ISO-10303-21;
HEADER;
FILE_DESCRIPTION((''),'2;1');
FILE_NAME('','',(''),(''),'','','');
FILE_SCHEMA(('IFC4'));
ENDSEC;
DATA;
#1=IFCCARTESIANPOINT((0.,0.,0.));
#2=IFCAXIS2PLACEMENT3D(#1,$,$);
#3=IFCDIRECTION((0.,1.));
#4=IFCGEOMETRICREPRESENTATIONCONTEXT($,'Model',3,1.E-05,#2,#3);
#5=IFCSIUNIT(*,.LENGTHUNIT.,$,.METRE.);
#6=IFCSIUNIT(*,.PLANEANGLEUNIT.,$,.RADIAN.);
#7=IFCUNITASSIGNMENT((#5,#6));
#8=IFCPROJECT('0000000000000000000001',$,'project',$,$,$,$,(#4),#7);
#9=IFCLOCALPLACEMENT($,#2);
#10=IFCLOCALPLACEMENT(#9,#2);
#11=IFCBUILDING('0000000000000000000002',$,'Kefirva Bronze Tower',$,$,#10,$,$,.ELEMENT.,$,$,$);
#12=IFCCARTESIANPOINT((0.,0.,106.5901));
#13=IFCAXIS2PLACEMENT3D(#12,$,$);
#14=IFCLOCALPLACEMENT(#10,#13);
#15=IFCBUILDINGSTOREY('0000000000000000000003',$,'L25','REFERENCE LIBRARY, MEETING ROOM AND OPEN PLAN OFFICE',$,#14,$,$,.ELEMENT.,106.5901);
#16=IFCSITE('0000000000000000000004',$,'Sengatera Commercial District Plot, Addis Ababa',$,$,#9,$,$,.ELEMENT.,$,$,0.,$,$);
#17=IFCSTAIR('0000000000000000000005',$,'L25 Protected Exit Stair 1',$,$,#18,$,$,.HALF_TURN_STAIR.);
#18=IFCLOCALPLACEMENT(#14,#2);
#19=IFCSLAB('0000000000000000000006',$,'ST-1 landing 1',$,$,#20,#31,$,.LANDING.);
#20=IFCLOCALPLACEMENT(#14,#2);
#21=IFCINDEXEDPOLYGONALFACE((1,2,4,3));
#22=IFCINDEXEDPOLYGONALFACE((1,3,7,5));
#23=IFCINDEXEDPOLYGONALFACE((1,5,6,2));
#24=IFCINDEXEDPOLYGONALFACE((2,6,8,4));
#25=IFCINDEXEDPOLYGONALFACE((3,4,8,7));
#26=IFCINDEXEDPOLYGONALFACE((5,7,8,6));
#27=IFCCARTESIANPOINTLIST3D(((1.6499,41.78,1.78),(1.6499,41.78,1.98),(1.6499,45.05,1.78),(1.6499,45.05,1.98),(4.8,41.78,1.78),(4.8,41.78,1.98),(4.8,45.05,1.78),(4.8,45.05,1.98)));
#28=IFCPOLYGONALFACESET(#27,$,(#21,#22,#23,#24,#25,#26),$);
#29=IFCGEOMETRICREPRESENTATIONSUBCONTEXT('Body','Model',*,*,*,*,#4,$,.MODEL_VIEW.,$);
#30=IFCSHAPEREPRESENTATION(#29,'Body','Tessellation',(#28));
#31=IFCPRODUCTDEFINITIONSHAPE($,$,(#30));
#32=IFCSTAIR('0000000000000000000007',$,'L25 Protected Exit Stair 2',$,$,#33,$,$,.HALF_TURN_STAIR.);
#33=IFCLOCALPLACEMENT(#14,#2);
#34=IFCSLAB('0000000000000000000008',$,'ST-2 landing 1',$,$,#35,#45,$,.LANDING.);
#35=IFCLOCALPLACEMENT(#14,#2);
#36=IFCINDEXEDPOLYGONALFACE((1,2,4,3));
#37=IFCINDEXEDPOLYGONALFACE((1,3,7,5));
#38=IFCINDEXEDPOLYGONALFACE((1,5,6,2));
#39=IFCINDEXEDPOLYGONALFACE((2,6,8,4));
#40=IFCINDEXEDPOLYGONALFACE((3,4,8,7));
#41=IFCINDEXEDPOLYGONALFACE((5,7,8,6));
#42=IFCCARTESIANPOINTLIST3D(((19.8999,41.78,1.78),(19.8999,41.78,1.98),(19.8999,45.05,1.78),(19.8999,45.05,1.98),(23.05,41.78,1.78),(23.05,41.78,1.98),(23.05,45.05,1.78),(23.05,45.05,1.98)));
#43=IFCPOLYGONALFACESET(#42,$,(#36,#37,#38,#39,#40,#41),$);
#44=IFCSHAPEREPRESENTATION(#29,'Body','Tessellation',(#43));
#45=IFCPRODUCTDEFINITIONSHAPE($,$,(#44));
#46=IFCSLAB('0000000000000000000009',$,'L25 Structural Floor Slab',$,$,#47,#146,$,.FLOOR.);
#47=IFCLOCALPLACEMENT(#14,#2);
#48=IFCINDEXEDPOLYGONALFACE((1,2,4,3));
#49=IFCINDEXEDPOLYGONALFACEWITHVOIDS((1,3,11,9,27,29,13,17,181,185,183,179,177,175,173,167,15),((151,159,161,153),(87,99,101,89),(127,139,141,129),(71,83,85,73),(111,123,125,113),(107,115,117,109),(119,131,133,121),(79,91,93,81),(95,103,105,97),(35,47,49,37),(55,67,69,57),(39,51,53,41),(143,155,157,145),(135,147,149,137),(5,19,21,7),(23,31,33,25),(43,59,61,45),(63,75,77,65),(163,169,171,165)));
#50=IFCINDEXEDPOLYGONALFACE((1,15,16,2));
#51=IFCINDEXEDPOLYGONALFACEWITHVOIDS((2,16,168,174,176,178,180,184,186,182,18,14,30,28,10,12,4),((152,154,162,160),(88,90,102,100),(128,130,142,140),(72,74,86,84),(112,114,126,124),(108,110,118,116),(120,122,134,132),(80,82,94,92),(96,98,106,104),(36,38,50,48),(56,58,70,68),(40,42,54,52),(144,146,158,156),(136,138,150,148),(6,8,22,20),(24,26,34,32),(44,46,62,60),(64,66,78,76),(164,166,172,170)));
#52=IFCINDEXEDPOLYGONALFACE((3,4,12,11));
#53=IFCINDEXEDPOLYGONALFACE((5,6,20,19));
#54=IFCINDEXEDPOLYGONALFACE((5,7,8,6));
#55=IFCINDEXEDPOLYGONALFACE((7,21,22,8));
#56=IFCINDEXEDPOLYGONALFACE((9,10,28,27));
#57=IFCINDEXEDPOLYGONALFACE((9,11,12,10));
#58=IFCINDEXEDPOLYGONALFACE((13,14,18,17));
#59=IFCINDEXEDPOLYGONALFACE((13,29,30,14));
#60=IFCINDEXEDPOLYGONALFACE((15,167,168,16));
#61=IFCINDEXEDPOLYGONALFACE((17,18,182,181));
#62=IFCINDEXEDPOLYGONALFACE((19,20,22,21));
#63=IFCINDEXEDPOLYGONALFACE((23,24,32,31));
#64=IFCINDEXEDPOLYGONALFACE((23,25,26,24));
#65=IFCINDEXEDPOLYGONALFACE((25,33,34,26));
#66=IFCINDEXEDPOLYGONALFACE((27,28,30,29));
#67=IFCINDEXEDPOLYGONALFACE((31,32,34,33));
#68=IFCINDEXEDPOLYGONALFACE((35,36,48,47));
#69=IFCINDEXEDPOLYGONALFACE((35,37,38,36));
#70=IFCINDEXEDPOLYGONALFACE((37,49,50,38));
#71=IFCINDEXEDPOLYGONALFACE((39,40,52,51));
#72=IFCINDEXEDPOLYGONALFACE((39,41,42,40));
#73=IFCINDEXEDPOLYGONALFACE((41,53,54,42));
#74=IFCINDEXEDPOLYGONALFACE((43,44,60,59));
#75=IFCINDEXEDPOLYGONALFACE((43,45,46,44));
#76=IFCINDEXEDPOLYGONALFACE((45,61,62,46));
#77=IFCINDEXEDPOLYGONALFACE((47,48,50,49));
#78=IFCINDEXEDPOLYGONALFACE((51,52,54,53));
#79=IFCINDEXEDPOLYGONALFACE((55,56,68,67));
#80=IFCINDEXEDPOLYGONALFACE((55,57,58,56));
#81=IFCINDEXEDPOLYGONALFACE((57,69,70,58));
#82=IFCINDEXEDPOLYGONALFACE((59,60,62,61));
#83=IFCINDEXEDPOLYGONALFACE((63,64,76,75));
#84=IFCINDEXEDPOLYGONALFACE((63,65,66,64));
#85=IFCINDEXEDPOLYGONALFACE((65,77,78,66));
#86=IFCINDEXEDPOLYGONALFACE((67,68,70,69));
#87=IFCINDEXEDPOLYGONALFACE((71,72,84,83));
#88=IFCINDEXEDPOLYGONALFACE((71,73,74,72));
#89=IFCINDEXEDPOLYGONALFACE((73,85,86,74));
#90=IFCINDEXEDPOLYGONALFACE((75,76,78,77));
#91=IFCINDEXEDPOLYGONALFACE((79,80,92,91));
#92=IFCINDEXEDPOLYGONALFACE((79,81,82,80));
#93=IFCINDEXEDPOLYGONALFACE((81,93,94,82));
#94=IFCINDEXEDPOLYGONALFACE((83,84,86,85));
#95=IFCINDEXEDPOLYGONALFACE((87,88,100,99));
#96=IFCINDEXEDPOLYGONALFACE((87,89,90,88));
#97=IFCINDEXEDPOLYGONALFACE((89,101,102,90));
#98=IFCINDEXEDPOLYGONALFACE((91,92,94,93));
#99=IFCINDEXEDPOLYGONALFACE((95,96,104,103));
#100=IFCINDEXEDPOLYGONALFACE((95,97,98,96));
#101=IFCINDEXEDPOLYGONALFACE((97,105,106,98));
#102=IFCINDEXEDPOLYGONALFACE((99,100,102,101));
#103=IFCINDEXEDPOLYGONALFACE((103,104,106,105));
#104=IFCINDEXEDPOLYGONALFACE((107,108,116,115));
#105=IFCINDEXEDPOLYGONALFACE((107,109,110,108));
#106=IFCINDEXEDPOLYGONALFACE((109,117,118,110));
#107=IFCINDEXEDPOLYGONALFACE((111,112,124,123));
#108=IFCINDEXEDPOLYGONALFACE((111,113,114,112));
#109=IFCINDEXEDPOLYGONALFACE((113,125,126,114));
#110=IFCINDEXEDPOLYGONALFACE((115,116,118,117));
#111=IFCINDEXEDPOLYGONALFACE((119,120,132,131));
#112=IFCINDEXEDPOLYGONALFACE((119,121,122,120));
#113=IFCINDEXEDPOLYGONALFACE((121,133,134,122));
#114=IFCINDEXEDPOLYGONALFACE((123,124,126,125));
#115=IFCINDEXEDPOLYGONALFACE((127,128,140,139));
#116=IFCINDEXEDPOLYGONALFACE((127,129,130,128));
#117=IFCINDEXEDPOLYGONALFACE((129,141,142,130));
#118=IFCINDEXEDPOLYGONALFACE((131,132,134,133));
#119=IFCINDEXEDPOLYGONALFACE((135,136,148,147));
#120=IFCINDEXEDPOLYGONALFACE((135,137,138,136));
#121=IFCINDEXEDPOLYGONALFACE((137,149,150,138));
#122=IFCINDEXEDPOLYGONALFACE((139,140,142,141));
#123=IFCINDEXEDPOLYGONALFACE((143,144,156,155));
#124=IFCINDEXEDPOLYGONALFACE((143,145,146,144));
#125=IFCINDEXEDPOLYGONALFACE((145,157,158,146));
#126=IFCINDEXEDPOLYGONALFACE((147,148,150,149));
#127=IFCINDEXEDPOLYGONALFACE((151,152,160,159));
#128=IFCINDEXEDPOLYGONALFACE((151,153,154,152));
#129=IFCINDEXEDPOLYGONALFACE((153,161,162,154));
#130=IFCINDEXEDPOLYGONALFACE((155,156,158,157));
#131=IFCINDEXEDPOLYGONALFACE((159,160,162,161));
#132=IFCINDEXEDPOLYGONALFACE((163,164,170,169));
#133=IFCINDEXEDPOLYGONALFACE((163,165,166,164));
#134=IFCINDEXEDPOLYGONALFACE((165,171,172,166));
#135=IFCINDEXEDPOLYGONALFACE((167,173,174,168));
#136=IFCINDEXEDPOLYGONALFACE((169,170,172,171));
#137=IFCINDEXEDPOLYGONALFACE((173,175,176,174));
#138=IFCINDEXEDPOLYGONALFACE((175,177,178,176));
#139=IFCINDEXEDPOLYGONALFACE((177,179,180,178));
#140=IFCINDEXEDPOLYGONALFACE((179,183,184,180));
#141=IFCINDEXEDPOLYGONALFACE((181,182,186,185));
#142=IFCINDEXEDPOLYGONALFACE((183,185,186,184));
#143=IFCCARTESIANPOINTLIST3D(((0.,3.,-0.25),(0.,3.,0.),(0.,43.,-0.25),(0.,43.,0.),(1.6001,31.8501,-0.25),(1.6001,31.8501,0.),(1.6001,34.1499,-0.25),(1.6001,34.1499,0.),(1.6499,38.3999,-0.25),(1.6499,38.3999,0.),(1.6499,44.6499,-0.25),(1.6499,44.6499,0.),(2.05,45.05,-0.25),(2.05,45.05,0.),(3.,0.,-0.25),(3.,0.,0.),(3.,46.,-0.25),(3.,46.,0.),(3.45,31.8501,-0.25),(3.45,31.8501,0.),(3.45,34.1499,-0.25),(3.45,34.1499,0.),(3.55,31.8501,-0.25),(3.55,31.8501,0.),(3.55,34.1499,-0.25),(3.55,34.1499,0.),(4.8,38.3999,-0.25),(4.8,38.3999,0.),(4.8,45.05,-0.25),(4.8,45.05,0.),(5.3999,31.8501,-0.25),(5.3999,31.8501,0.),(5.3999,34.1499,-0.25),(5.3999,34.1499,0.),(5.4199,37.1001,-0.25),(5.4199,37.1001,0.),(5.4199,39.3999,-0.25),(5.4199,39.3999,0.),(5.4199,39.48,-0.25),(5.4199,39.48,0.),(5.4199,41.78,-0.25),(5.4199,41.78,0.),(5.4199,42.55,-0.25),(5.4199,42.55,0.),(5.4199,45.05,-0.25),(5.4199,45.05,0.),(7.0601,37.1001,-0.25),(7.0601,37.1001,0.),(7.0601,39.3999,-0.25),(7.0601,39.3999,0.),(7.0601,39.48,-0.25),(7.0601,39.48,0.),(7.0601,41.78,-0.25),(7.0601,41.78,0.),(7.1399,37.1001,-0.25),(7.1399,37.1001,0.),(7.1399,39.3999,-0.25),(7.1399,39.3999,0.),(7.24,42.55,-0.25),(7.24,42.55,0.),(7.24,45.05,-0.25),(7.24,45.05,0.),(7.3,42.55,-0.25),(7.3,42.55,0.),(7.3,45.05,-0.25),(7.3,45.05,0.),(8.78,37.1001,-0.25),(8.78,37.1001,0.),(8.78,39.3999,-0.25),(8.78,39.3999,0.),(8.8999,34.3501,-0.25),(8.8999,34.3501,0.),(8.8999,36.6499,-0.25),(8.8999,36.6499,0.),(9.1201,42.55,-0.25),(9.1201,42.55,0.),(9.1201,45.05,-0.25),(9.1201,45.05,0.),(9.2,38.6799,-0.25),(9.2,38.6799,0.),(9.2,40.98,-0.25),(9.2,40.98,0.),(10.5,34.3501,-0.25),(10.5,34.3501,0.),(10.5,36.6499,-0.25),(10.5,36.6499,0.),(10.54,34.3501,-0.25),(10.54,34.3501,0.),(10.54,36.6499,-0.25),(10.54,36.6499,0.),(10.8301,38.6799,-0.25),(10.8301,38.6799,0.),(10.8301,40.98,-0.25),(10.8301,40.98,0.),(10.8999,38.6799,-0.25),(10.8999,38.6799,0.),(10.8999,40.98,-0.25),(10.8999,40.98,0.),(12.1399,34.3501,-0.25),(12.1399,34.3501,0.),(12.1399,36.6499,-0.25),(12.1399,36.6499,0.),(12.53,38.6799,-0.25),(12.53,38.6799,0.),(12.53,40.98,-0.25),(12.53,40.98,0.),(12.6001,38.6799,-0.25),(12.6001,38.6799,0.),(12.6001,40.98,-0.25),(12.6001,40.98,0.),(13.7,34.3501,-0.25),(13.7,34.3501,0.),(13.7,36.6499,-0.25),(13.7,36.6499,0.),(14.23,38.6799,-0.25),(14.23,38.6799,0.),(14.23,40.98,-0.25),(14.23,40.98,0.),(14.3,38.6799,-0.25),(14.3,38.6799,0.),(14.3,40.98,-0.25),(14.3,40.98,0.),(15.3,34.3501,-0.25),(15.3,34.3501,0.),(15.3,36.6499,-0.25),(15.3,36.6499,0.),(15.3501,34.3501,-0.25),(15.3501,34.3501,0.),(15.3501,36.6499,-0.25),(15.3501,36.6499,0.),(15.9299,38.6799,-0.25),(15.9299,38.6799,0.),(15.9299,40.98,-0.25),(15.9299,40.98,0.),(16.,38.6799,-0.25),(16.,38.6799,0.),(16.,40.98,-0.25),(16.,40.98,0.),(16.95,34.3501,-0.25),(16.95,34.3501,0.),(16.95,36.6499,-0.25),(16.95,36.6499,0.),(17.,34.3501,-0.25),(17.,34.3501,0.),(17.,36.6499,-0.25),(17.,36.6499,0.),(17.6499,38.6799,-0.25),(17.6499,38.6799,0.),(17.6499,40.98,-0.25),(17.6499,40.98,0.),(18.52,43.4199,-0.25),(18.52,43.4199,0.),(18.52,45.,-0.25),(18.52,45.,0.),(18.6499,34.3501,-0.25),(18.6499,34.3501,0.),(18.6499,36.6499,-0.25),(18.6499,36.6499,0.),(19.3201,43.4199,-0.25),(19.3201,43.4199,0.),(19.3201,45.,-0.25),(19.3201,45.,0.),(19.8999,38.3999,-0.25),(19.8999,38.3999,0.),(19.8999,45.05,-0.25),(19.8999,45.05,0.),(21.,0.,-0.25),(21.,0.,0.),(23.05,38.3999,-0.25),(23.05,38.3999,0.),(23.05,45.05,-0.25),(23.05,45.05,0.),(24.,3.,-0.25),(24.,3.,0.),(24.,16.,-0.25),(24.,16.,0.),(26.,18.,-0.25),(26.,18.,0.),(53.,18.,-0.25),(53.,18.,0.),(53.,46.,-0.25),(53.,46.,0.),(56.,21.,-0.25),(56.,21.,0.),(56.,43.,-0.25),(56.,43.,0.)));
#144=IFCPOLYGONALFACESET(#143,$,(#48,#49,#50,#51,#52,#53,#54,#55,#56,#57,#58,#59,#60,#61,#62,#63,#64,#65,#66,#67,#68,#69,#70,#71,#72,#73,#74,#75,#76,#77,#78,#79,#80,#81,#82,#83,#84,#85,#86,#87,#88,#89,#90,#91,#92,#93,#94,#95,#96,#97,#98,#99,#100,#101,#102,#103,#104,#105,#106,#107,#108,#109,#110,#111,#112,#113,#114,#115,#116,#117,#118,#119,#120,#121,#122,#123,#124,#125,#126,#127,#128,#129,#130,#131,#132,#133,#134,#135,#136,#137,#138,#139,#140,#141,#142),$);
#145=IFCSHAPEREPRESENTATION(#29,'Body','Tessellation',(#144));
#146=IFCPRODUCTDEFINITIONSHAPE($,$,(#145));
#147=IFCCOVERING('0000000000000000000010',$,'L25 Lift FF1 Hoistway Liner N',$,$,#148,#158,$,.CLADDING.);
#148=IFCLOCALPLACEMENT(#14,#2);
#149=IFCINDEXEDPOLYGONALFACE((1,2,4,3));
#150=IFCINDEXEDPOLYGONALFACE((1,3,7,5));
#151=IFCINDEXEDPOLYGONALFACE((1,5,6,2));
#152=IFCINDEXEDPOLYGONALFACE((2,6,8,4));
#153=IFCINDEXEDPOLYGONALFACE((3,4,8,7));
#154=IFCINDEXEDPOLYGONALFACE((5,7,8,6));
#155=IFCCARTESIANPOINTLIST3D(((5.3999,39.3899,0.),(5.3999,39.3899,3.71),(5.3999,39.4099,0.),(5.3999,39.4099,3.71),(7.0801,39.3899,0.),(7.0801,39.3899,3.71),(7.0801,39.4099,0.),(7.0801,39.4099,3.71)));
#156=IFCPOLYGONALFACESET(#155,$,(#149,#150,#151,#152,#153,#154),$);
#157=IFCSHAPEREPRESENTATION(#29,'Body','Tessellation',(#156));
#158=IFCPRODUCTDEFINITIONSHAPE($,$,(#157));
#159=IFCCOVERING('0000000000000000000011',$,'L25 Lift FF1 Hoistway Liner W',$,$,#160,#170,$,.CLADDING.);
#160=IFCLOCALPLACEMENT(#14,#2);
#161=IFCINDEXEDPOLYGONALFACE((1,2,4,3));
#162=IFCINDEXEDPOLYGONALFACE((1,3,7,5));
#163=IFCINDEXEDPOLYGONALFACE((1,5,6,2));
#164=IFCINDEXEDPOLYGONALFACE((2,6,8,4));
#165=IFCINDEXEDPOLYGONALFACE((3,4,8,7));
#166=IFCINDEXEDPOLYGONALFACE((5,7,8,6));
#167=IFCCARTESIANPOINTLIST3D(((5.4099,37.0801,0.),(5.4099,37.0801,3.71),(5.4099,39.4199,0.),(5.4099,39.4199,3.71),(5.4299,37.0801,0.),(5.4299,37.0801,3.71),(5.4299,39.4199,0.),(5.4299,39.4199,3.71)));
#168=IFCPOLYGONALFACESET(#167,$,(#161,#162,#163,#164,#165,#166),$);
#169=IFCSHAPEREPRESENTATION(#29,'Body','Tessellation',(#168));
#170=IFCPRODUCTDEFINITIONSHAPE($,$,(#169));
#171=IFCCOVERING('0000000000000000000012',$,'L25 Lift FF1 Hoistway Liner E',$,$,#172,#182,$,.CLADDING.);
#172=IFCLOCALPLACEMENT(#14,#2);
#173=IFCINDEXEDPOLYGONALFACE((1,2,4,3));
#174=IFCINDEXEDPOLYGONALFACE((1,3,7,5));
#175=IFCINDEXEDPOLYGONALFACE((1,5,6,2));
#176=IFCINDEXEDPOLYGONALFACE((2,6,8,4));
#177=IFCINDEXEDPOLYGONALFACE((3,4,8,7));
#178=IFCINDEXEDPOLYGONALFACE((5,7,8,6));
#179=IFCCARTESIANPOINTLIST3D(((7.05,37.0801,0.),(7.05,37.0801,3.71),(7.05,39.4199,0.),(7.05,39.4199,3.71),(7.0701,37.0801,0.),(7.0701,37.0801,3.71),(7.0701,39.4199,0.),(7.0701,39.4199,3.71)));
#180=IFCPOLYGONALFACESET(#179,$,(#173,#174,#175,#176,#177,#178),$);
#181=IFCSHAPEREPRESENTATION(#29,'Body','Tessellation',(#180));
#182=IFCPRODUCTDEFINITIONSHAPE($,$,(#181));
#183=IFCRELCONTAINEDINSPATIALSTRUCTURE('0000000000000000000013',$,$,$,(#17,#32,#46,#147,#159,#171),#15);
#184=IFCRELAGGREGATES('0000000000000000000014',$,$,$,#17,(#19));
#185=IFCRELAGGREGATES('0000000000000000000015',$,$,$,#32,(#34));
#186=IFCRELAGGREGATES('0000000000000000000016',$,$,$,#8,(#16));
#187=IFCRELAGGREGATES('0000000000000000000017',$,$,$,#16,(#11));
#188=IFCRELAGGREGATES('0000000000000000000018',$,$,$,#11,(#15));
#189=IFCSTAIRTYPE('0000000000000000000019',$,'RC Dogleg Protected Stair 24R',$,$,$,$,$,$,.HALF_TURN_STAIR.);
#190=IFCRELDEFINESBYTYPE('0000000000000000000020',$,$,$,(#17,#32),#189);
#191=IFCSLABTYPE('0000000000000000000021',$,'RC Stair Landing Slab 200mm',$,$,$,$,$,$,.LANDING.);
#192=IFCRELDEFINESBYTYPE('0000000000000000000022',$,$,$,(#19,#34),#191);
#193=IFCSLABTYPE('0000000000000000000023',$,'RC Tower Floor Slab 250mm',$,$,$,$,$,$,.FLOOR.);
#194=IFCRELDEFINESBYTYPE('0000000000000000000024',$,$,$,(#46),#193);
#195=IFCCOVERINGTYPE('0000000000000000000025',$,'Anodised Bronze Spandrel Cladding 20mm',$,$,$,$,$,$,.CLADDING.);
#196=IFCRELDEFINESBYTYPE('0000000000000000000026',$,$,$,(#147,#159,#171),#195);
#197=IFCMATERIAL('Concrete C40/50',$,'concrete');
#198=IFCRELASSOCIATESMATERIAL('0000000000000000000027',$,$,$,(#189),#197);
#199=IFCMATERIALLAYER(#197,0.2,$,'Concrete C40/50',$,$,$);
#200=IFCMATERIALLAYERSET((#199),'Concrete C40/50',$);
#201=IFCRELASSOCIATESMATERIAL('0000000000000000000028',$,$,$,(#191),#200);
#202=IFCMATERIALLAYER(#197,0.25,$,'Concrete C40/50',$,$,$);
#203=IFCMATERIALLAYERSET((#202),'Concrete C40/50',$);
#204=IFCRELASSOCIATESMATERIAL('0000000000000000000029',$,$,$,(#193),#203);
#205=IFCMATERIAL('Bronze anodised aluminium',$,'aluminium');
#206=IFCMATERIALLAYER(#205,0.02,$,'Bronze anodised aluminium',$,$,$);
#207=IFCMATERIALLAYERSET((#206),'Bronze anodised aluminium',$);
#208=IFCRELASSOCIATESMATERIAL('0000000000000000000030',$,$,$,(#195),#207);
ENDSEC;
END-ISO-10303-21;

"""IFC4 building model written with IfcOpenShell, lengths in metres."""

from ifc_helpers import new_model, si_unit, direction, frame, origin, place, context, subcontext, project, spatial, polyline, outline, extrude, material, layer, layer_set, type_object, element, aggregate, save


model = new_model("IFC4")

# Units and contexts
model_context = context("Model", 3, precision=1e-05, world=origin(), true_north=direction((0.0, 1.0)))
body_context = subcontext(model_context, "Body", "Model", "MODEL_VIEW")
ifc_project = project(units=[si_unit("LENGTHUNIT", "METRE"), si_unit("PLANEANGLEUNIT", "RADIAN")], contexts=[model_context])

# Site, building, storey
site_placement = place(None, origin())
site = spatial("IfcSite", under=ifc_project, at=site_placement, Name="Sengatera Commercial District Plot, Addis Ababa", CompositionType="ELEMENT", RefElevation=0.0)
building_placement = place(site_placement, origin())
building = spatial("IfcBuilding", under=site, at=building_placement, Name="Kefirva Bronze Tower", CompositionType="ELEMENT")
storey_placement = place(building_placement, frame((0.0, 0.0, 106.5901)))
storey = spatial("IfcBuildingStorey", under=building, at=storey_placement, Name="L25", Description="REFERENCE LIBRARY, MEETING ROOM AND OPEN PLAN OFFICE", CompositionType="ELEMENT", Elevation=106.5901)

# Stairs, slabs
ifc_material_1 = material(Name="Concrete C40/50", Category="concrete")
stair_type = type_object("IfcStairType", Name="RC Dogleg Protected Stair 24R", PredefinedType="HALF_TURN_STAIR", material=ifc_material_1)
stair_1_placement = place(storey_placement, origin())
stair_1 = element("IfcStair", 1, at=stair_1_placement, inside=storey, type_object=stair_type, Name="L25 Protected Exit Stair 1", PredefinedType="HALF_TURN_STAIR")
ifc_layer_1 = layer(ifc_material_1, 0.2, Name="Concrete C40/50")
ifc_layer_set_1 = layer_set([ifc_layer_1], Name="Concrete C40/50")
slab_type_1 = type_object("IfcSlabType", Name="RC Stair Landing Slab 200mm", PredefinedType="LANDING", material=ifc_layer_set_1)
slab_1_placement = place(storey_placement, frame((0.0, 0.0, 1.78)))
slab_1 = element("IfcSlab", 2, at=slab_1_placement, type_object=slab_type_1, Name="ST-1 landing 1", PredefinedType="LANDING", context=body_context, shape_type="SweptSolid", body=[
    extrude(outline(polyline([(4.8, 41.78), (4.8, 45.05), (1.6499, 45.05), (1.6499, 41.78), (4.8, 41.78)])), origin(), (0.0, 0.0, 1.0), 0.2),
])
aggregate(stair_1, [slab_1])
stair_2_placement = place(storey_placement, origin())
stair_2 = element("IfcStair", 3, at=stair_2_placement, inside=storey, type_object=stair_type, Name="L25 Protected Exit Stair 2", PredefinedType="HALF_TURN_STAIR")
slab_2_placement = place(storey_placement, frame((0.0, 0.0, 1.78)))
slab_2 = element("IfcSlab", 4, at=slab_2_placement, type_object=slab_type_1, Name="ST-2 landing 1", PredefinedType="LANDING", context=body_context, shape_type="SweptSolid", body=[
    extrude(outline(polyline([(23.05, 41.78), (23.05, 45.05), (19.8999, 45.05), (19.8999, 41.78), (23.05, 41.78)])), origin(), (0.0, 0.0, 1.0), 0.2),
])
aggregate(stair_2, [slab_2])

# Slab
ifc_layer_2 = layer(ifc_material_1, 0.25, Name="Concrete C40/50")
ifc_layer_set_2 = layer_set([ifc_layer_2], Name="Concrete C40/50")
slab_type_2 = type_object("IfcSlabType", Name="RC Tower Floor Slab 250mm", PredefinedType="FLOOR", material=ifc_layer_set_2)
slab_3_placement = place(storey_placement, frame((0.0, 0.0, -0.25)))
element("IfcSlab", 5, at=slab_3_placement, inside=storey, type_object=slab_type_2, Name="L25 Structural Floor Slab", PredefinedType="FLOOR", context=body_context, shape_type="SweptSolid", body=[
    extrude(outline(polyline([(0.0, 3.0), (0.0, 43.0), (1.6499, 44.6499), (1.6499, 38.3999), (4.8, 38.3999), (4.8, 45.05), (2.05, 45.05), (3.0, 46.0), (53.0, 46.0), (56.0, 43.0), (56.0, 21.0), (53.0, 18.0), (26.0, 18.0), (24.0, 16.0), (24.0, 3.0), (21.0, 0.0), (3.0, 0.0), (0.0, 3.0)]), holes=[polyline([(19.8999, 38.3999), (23.05, 38.3999), (23.05, 45.05), (19.8999, 45.05), (19.8999, 38.3999)]), polyline([(18.52, 43.4199), (19.3201, 43.4199), (19.3201, 45.0), (18.52, 45.0), (18.52, 43.4199)]), polyline([(17.0, 34.3501), (18.6499, 34.3501), (18.6499, 36.6499), (17.0, 36.6499), (17.0, 34.3501)]), polyline([(17.6499, 38.6799), (17.6499, 40.98), (16.0, 40.98), (16.0, 38.6799), (17.6499, 38.6799)]), polyline([(16.95, 34.3501), (16.95, 36.6499), (15.3501, 36.6499), (15.3501, 34.3501), (16.95, 34.3501)]), polyline([(15.9299, 38.6799), (15.9299, 40.98), (14.3, 40.98), (14.3, 38.6799), (15.9299, 38.6799)]), polyline([(15.3, 34.3501), (15.3, 36.6499), (13.7, 36.6499), (13.7, 34.3501), (15.3, 34.3501)]), polyline([(14.23, 38.6799), (14.23, 40.98), (12.6001, 40.98), (12.6001, 38.6799), (14.23, 38.6799)]), polyline([(10.8999, 38.6799), (12.53, 38.6799), (12.53, 40.98), (10.8999, 40.98), (10.8999, 38.6799)]), polyline([(12.1399, 34.3501), (12.1399, 36.6499), (10.54, 36.6499), (10.54, 34.3501), (12.1399, 34.3501)]), polyline([(10.8301, 38.6799), (10.8301, 40.98), (9.2, 40.98), (9.2, 38.6799), (10.8301, 38.6799)]), polyline([(10.5, 34.3501), (10.5, 36.6499), (8.8999, 36.6499), (8.8999, 34.3501), (10.5, 34.3501)]), polyline([(7.3, 42.55), (9.1201, 42.55), (9.1201, 45.05), (7.3, 45.05), (7.3, 42.55)]), polyline([(7.1399, 37.1001), (8.78, 37.1001), (8.78, 39.3999), (7.1399, 39.3999), (7.1399, 37.1001)]), polyline([(5.4199, 42.55), (7.24, 42.55), (7.24, 45.05), (5.4199, 45.05), (5.4199, 42.55)]), polyline([(7.0601, 39.48), (7.0601, 41.78), (5.4199, 41.78), (5.4199, 39.48), (7.0601, 39.48)]), polyline([(5.4199, 37.1001), (7.0601, 37.1001), (7.0601, 39.3999), (5.4199, 39.3999), (5.4199, 37.1001)]), polyline([(5.3999, 31.8501), (5.3999, 34.1499), (3.55, 34.1499), (3.55, 31.8501), (5.3999, 31.8501)]), polyline([(3.45, 31.8501), (3.45, 34.1499), (1.6001, 34.1499), (1.6001, 31.8501), (3.45, 31.8501)])]), origin(), (0.0, 0.0, 1.0), 0.25),
])

# Coverings
ifc_material_2 = material(Name="Bronze anodised aluminium", Category="aluminium")
ifc_layer_3 = layer(ifc_material_2, 0.02, Name="Bronze anodised aluminium")
ifc_layer_set_3 = layer_set([ifc_layer_3], Name="Bronze anodised aluminium")
covering_type = type_object("IfcCoveringType", Name="Anodised Bronze Spandrel Cladding 20mm", PredefinedType="CLADDING", material=ifc_layer_set_3)
covering_1_placement = place(storey_placement, origin())
element("IfcCovering", 6, at=covering_1_placement, inside=storey, type_object=covering_type, Name="L25 Lift FF1 Hoistway Liner N", PredefinedType="CLADDING", context=body_context, shape_type="SweptSolid", body=[
    extrude(outline(polyline([(5.3999, 39.3899), (7.0801, 39.3899), (7.0801, 39.4099), (5.3999, 39.4099), (5.3999, 39.3899)])), origin(), (0.0, 0.0, 1.0), 3.71),
])
covering_2_placement = place(storey_placement, origin())
element("IfcCovering", 7, at=covering_2_placement, inside=storey, type_object=covering_type, Name="L25 Lift FF1 Hoistway Liner W", PredefinedType="CLADDING", context=body_context, shape_type="SweptSolid", body=[
    extrude(outline(polyline([(5.4099, 37.0801), (5.4299, 37.0801), (5.4299, 39.4199), (5.4099, 39.4199), (5.4099, 37.0801)])), origin(), (0.0, 0.0, 1.0), 3.71),
])
covering_3_placement = place(storey_placement, origin())
element("IfcCovering", 8, at=covering_3_placement, inside=storey, type_object=covering_type, Name="L25 Lift FF1 Hoistway Liner E", PredefinedType="CLADDING", context=body_context, shape_type="SweptSolid", body=[
    extrude(outline(polyline([(7.05, 37.0801), (7.0701, 37.0801), (7.0701, 39.4199), (7.05, 39.4199), (7.05, 37.0801)])), origin(), (0.0, 0.0, 1.0), 3.71),
])

save(model, "model.ifc")
